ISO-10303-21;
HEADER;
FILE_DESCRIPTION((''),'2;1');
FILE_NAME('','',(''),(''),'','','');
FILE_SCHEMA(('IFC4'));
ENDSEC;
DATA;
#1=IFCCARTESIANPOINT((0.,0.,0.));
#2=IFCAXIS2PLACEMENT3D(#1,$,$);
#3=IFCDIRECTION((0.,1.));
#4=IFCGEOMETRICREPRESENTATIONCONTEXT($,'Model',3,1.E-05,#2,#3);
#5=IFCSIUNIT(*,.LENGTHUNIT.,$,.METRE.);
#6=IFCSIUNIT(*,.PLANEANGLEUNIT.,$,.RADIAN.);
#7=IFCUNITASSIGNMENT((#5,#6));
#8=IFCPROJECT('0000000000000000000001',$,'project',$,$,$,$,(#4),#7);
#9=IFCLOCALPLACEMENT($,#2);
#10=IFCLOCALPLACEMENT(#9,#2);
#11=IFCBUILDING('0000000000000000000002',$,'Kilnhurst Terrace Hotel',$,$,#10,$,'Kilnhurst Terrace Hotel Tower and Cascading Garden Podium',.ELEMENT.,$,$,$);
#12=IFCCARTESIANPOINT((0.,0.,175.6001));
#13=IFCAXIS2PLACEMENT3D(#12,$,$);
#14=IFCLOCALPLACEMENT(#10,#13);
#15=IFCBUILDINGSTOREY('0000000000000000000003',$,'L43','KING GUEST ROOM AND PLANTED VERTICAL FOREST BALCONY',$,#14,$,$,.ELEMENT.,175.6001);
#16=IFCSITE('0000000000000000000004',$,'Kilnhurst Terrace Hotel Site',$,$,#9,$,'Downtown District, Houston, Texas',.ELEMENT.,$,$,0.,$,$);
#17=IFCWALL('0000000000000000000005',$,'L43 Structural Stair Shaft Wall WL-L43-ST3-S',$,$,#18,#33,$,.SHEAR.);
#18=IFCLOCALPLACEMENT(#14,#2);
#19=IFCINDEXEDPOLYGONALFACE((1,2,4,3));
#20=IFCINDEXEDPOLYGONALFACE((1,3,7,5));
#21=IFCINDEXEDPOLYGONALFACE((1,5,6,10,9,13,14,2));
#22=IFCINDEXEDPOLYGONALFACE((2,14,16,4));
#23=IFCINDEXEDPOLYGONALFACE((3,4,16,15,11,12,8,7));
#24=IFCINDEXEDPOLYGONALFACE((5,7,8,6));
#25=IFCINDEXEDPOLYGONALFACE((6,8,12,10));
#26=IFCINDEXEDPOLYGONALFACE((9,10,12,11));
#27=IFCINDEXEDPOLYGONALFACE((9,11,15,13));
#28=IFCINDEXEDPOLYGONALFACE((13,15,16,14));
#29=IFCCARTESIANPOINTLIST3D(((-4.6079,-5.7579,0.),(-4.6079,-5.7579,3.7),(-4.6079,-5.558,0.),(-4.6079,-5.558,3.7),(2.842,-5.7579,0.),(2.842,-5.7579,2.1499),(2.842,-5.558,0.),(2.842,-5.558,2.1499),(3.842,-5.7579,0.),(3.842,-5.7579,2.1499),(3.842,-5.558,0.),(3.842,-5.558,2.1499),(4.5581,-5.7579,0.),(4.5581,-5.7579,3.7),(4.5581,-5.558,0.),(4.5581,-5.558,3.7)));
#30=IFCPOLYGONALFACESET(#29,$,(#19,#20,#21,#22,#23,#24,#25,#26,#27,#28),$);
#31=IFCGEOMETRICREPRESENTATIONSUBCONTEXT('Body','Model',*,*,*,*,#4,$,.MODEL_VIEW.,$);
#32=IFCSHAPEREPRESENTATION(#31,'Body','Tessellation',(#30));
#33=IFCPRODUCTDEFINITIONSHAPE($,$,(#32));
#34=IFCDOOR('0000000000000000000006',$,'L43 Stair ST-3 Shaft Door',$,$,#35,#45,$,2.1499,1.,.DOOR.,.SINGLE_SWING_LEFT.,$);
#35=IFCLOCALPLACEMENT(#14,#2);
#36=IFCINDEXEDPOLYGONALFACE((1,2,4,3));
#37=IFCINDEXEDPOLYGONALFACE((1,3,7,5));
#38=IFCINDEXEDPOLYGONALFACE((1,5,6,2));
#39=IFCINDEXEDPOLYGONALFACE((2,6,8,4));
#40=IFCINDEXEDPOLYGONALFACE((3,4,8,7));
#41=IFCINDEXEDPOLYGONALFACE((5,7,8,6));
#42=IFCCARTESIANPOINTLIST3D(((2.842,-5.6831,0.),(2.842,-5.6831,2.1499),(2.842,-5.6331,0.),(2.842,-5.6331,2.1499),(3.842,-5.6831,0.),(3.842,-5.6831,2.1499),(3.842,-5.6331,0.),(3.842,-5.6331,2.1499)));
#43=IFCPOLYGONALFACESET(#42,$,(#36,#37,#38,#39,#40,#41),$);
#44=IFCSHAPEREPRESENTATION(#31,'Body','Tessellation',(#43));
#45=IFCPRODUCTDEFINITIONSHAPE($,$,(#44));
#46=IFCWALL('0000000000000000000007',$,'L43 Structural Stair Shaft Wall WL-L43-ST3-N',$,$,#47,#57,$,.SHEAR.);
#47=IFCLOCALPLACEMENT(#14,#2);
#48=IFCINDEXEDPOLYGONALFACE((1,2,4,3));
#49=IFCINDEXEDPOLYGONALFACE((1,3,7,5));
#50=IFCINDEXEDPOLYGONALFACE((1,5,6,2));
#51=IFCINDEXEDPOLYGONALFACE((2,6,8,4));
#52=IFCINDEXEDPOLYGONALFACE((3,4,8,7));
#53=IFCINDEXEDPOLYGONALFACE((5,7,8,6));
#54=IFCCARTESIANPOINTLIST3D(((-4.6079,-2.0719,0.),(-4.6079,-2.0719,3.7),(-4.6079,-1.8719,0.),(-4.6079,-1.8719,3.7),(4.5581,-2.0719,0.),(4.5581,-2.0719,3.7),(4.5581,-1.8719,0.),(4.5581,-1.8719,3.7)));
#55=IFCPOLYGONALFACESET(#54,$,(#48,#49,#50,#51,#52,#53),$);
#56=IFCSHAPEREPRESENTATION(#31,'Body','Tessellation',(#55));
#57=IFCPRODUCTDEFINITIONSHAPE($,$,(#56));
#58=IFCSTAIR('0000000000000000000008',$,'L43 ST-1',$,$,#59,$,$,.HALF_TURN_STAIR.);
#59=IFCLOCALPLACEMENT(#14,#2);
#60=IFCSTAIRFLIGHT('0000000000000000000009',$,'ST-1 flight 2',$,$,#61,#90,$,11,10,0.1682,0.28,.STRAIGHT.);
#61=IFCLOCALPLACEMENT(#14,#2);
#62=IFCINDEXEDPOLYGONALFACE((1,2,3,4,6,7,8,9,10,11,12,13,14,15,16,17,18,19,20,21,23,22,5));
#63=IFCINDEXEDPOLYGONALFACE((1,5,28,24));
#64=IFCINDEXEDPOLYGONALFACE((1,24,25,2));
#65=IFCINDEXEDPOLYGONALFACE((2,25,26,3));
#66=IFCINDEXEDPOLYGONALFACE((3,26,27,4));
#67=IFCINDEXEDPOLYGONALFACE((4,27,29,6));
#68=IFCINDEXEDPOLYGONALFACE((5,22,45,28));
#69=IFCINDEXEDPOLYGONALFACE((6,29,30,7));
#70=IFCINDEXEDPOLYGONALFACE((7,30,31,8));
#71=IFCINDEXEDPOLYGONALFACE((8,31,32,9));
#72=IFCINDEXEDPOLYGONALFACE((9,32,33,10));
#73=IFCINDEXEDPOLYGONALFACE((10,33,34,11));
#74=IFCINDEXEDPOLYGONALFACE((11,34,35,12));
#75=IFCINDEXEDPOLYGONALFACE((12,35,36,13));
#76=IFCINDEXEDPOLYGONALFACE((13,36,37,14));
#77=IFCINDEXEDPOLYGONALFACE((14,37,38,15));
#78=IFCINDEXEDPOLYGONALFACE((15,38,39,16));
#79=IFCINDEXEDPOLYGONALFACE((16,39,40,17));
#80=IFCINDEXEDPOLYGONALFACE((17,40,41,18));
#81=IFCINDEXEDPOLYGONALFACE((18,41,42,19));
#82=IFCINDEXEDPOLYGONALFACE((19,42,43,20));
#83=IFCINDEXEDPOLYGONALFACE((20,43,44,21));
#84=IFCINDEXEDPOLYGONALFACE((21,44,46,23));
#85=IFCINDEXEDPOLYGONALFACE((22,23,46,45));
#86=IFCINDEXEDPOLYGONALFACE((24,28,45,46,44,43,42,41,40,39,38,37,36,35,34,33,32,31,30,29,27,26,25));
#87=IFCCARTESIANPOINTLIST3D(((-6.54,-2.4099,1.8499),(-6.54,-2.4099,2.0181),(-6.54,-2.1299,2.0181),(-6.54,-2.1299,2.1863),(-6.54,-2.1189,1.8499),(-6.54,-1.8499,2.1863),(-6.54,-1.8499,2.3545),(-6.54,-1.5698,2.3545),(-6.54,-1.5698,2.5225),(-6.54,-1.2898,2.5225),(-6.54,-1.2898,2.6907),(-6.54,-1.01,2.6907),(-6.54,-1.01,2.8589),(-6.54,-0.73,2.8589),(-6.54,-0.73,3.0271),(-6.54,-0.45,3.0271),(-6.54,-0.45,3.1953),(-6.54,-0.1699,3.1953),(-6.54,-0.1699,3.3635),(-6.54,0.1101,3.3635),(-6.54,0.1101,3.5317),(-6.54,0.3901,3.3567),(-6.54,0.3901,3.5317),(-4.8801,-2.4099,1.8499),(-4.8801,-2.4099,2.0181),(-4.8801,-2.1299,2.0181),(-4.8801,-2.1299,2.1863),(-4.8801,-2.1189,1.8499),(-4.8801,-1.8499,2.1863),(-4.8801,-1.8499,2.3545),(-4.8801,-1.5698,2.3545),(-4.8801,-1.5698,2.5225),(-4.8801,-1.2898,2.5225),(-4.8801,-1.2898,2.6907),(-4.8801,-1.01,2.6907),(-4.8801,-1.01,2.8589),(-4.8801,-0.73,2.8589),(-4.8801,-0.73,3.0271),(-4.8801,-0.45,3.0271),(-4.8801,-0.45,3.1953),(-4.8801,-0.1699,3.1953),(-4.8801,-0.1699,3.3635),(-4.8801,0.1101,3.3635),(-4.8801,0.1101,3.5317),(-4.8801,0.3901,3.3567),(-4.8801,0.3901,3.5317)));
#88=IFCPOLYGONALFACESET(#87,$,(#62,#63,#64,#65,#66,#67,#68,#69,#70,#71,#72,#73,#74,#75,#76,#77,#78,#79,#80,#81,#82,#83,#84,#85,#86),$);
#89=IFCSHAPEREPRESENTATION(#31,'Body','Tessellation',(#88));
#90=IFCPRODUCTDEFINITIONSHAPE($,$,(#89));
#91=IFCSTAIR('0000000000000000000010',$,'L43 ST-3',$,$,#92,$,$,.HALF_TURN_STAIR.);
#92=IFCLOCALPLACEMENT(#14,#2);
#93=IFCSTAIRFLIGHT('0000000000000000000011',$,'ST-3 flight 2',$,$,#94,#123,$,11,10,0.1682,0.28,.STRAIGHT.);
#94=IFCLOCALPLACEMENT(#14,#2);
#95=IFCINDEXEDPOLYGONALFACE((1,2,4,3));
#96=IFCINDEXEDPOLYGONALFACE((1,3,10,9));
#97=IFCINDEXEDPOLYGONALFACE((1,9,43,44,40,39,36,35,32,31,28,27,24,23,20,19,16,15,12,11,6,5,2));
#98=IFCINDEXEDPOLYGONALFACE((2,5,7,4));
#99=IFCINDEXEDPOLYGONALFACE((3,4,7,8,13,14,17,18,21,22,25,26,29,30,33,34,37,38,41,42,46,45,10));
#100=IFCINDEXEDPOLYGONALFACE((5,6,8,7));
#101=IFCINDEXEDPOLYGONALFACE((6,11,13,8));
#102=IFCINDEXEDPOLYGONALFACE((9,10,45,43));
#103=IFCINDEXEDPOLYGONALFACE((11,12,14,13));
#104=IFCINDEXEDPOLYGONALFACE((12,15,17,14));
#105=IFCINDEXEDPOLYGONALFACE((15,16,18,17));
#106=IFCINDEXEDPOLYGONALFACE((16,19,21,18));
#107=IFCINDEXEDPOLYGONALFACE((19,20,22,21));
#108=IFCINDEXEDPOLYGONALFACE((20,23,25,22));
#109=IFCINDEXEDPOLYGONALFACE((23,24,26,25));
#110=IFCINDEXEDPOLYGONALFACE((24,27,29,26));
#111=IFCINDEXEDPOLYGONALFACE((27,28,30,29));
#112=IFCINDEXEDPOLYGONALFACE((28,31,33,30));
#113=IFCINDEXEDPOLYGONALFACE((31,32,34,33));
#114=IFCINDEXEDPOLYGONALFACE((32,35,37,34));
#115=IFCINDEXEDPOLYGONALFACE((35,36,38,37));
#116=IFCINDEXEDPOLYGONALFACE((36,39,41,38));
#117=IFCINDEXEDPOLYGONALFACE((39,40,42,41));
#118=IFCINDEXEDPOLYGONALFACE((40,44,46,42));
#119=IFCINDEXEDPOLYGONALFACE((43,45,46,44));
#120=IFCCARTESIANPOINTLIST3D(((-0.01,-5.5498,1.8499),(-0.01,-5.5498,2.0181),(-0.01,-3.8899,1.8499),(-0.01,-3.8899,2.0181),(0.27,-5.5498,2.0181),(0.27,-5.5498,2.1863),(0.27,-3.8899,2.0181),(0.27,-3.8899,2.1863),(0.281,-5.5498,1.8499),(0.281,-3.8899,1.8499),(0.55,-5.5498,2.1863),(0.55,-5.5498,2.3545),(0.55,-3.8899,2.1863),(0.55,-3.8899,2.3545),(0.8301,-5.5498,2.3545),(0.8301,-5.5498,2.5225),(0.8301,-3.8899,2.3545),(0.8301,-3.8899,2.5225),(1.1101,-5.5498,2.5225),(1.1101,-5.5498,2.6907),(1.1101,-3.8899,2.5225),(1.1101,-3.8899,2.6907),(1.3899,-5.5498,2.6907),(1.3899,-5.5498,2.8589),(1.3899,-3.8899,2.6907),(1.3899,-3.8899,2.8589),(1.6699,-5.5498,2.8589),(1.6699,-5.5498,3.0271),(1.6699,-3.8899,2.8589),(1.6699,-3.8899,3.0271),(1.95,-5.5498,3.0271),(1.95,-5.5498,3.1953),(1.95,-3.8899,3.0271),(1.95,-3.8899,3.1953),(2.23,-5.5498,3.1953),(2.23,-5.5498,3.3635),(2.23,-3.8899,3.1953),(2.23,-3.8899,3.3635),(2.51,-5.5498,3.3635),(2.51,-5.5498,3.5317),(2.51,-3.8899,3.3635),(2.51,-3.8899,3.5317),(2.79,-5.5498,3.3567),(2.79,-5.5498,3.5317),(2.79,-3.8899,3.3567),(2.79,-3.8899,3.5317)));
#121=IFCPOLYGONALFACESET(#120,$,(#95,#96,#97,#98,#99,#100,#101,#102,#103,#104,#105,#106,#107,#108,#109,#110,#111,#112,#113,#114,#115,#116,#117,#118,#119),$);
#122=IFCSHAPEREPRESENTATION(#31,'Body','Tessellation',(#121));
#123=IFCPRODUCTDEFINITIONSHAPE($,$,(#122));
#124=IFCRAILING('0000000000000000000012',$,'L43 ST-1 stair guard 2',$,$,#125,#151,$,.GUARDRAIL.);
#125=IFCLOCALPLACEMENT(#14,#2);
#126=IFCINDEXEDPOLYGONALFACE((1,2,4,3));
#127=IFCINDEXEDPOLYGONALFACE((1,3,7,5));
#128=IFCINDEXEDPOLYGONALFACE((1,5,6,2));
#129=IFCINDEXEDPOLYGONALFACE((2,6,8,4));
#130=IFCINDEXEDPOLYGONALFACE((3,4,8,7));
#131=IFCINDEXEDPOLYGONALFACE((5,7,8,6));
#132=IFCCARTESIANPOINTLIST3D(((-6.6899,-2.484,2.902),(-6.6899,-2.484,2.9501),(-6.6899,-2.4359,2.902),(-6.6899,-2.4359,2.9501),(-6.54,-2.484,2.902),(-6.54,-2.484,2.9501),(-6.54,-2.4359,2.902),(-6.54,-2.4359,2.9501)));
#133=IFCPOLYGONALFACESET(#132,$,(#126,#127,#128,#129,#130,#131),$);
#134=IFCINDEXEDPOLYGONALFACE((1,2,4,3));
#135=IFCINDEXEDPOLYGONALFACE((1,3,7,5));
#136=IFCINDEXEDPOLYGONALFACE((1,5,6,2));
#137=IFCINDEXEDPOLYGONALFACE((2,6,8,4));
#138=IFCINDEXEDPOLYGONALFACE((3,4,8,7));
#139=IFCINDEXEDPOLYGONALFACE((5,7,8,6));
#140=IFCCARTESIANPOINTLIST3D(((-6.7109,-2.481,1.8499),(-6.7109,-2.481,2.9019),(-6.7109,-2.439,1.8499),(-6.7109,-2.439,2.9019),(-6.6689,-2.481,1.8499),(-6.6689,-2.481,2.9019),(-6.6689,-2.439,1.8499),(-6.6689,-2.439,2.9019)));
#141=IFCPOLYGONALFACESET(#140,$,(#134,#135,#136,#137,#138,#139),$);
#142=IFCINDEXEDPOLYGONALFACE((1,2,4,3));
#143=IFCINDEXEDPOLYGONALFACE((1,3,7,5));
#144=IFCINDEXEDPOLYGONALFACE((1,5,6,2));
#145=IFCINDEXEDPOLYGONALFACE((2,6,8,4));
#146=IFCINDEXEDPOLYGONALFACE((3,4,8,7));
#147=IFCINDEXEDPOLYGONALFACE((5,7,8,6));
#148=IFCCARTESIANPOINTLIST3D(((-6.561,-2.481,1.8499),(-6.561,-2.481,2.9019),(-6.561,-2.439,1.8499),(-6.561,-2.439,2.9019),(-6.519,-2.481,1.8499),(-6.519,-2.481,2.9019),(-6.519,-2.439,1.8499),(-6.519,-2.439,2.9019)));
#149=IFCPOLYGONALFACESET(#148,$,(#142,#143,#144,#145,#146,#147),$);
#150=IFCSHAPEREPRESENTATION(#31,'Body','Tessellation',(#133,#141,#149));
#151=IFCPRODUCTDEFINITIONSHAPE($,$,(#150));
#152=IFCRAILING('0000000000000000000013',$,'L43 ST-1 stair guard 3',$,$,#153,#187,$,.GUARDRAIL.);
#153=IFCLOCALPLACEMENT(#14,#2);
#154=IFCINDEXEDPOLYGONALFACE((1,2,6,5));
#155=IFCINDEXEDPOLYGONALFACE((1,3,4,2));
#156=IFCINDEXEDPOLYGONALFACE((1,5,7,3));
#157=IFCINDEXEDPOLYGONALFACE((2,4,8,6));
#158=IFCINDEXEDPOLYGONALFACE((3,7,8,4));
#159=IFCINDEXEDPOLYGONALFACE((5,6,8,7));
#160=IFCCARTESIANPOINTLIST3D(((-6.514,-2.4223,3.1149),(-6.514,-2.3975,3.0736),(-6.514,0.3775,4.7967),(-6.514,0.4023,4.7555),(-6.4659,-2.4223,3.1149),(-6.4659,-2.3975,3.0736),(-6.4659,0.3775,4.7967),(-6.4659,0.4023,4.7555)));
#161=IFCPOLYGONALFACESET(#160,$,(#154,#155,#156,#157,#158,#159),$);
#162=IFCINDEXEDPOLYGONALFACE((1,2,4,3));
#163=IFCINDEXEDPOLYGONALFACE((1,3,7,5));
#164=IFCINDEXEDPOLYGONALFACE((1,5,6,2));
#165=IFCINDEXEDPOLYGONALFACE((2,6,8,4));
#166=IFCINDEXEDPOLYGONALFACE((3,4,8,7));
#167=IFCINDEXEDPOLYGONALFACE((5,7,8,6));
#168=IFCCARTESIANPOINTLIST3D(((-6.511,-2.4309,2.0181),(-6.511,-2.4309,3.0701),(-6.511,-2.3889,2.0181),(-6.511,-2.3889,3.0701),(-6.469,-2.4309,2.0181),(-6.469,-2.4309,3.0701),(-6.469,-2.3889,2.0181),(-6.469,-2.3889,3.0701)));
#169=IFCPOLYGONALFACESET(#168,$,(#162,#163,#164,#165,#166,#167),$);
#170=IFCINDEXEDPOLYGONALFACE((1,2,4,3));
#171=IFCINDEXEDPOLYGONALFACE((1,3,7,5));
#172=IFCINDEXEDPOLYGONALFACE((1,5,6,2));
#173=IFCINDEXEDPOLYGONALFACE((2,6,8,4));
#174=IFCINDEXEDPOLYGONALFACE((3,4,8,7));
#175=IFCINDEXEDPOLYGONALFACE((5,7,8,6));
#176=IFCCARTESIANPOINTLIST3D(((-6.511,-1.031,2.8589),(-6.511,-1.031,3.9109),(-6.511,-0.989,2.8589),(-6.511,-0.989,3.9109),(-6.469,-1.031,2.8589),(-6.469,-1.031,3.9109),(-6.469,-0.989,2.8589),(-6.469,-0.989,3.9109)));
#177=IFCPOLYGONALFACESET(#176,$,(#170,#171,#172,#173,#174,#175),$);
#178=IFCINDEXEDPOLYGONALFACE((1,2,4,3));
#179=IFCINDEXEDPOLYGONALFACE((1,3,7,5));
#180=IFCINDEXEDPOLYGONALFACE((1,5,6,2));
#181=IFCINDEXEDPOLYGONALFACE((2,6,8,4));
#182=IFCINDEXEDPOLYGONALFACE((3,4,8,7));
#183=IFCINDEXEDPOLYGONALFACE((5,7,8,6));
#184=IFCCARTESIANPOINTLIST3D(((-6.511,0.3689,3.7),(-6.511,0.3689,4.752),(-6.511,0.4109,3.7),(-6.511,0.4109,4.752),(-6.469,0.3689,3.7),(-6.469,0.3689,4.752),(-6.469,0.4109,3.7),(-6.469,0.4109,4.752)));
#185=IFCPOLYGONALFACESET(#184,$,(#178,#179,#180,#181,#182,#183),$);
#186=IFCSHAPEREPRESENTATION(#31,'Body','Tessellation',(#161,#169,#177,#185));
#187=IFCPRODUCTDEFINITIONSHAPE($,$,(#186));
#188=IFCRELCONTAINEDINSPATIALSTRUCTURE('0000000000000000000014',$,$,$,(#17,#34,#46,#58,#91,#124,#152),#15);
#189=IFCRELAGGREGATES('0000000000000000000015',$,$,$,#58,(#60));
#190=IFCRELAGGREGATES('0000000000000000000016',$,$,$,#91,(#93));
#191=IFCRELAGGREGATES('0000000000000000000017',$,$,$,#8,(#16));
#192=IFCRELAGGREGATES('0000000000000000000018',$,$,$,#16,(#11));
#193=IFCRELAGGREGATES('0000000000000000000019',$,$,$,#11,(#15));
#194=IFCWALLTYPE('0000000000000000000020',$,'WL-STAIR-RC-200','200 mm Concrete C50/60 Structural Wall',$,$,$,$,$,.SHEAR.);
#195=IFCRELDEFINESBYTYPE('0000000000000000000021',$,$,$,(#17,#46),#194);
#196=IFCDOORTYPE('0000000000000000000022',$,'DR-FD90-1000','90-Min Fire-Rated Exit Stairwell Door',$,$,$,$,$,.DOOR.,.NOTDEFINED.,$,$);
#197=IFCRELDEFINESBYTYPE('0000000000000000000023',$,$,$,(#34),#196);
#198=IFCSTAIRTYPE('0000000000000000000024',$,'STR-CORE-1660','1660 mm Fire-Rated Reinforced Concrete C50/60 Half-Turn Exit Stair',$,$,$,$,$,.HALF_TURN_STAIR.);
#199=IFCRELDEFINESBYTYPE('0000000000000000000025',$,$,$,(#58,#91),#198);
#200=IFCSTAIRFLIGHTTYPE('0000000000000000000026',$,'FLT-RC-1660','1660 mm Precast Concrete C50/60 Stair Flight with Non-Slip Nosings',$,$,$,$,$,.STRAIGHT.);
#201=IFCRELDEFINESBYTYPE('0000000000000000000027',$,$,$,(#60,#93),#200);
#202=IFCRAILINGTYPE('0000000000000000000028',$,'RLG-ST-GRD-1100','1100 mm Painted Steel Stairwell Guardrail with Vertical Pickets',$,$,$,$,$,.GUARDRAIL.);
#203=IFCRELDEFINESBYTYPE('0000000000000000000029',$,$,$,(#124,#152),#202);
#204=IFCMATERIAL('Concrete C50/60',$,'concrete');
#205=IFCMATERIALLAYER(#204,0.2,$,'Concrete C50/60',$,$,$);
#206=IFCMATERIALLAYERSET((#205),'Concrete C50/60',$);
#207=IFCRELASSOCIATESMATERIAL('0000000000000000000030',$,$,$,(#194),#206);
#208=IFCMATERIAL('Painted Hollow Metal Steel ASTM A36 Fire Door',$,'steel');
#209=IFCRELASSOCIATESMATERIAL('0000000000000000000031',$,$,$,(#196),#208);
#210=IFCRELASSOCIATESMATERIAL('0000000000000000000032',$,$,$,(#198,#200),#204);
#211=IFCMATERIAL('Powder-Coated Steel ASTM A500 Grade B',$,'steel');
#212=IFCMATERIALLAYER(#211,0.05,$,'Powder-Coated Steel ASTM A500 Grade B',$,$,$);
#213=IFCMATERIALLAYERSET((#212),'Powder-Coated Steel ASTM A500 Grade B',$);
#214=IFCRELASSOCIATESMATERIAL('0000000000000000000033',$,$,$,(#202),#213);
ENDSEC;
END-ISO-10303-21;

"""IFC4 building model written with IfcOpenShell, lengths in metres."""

from ifc_helpers import new_model, si_unit, direction, frame, frame_2d, origin, origin_2d, place, context, subcontext, project, spatial, polyline, rectangle, outline, extrude, material, layer, layer_set, type_object, element, fill, aggregate, save


model = new_model("IFC4")

# Units and contexts
model_context = context("Model", 3, precision=1e-05, world=origin(), true_north=direction((0.0, 1.0)))
body_context = subcontext(model_context, "Body", "Model", "MODEL_VIEW")
ifc_project = project(units=[si_unit("LENGTHUNIT", "METRE"), si_unit("PLANEANGLEUNIT", "RADIAN")], contexts=[model_context])

# Site, building, storey
site_placement = place(None, origin())
site = spatial("IfcSite", under=ifc_project, at=site_placement, Name="Kilnhurst Terrace Hotel Site", LongName="Downtown District, Houston, Texas", CompositionType="ELEMENT", RefElevation=0.0)
building_placement = place(site_placement, origin())
building = spatial("IfcBuilding", under=site, at=building_placement, Name="Kilnhurst Terrace Hotel", LongName="Kilnhurst Terrace Hotel Tower and Cascading Garden Podium", CompositionType="ELEMENT")
storey_placement = place(building_placement, frame((0.0, 0.0, 175.6001)))
storey = spatial("IfcBuildingStorey", under=building, at=storey_placement, Name="L43", Description="KING GUEST ROOM AND PLANTED VERTICAL FOREST BALCONY", CompositionType="ELEMENT", Elevation=175.6001)

# Shared definitions
ifc_material_1 = material(Name="Concrete C50/60", Category="concrete")

# Shared definitions
ifc_layer_1 = layer(ifc_material_1, 0.2, Name="Concrete C50/60")
ifc_layer_set_1 = layer_set([ifc_layer_1], Name="Concrete C50/60")
wall_type_1 = type_object("IfcWallType", Name="WL-STAIR-RC-200", Description="200 mm Concrete C50/60 Structural Wall", PredefinedType="SHEAR", material=ifc_layer_set_1)

# Wall, opening, door
wall_1_placement = place(storey_placement, frame((-4.6079, -5.658, 0.0), z_axis=(0.0, 0.0, 1.0), x_axis=(1.0, 0.0, 0.0)))
wall_1 = element("IfcWall", 1, at=wall_1_placement, inside=storey, type_object=wall_type_1, Name="L43 Structural Stair Shaft Wall WL-L43-ST3-S", PredefinedType="SHEAR", context=body_context, shape_type="SweptSolid", body=[
    extrude(rectangle(XDim=9.166, YDim=0.2, at=frame_2d((4.583, 0.0))), origin(), (0.0, 0.0, 1.0), 3.7),
])
opening_1_placement = place(wall_1_placement, frame((7.45, 0.0, 0.0)))
opening_1 = element("IfcOpeningElement", 2, at=opening_1_placement, cuts=wall_1, PredefinedType="OPENING", context=body_context, shape_type="SweptSolid", body=[
    extrude(rectangle(XDim=1.0, YDim=2.1499, at=frame_2d((0.5, 1.075))), frame((0.0, 0.1099, 0.0), z_axis=(0.0, -1.0, 0.0), x_axis=(1.0, 0.0, 0.0)), (0.0, 0.0, 1.0), 0.22),
])
ifc_material_2 = material(Name="Painted Hollow Metal Steel ASTM A36 Fire Door", Category="steel")
door_type_1 = type_object("IfcDoorType", Name="DR-FD90-1000", Description="90-Min Fire-Rated Exit Stairwell Door", OperationType="NOTDEFINED", PredefinedType="DOOR", material=ifc_material_2)
door_1_placement = place(opening_1_placement, origin())
door_1 = element("IfcDoor", 3, at=door_1_placement, inside=storey, type_object=door_type_1, Name="L43 Stair ST-3 Shaft Door", OperationType="SINGLE_SWING_LEFT", OverallHeight=2.1499, OverallWidth=1.0, PredefinedType="DOOR", context=body_context, shape_type="SweptSolid", body=[
    extrude(rectangle(XDim=1.0, YDim=2.1499, at=frame_2d((0.5, 1.075))), frame((0.0, 0.0249, 0.0), z_axis=(0.0, -1.0, 0.0), x_axis=(1.0, 0.0, 0.0)), (0.0, 0.0, 1.0), 0.05),
])
fill(opening_1, door_1)

# Wall
wall_2_placement = place(storey_placement, frame((-4.6079, -1.9719, 0.0), z_axis=(0.0, 0.0, 1.0), x_axis=(1.0, 0.0, 0.0)))
element("IfcWall", 4, at=wall_2_placement, inside=storey, type_object=wall_type_1, Name="L43 Structural Stair Shaft Wall WL-L43-ST3-N", PredefinedType="SHEAR", context=body_context, shape_type="SweptSolid", body=[
    extrude(rectangle(XDim=9.166, YDim=0.2, at=frame_2d((4.583, 0.0))), origin(), (0.0, 0.0, 1.0), 3.7),
])

# Stairs, stair flights
stair_type = type_object("IfcStairType", Name="STR-CORE-1660", Description="1660 mm Fire-Rated Reinforced Concrete C50/60 Half-Turn Exit Stair", PredefinedType="HALF_TURN_STAIR", material=ifc_material_1)
stair_1_placement = place(storey_placement, origin())
stair_1 = element("IfcStair", 5, at=stair_1_placement, inside=storey, type_object=stair_type, Name="L43 ST-1", PredefinedType="HALF_TURN_STAIR")
stair_flight_type = type_object("IfcStairFlightType", Name="FLT-RC-1660", Description="1660 mm Precast Concrete C50/60 Stair Flight with Non-Slip Nosings", PredefinedType="STRAIGHT", material=ifc_material_1)
stair_flight_1_placement = place(storey_placement, frame((-5.71, -2.4099, 1.8499), z_axis=(0.0, 0.0, 1.0), x_axis=(0.0, 1.0, 0.0)))
stair_flight_1 = element("IfcStairFlight", 6, at=stair_flight_1_placement, type_object=stair_flight_type, Name="ST-1 flight 2", NumberOfRisers=11, NumberOfTreads=10, PredefinedType="STRAIGHT", RiserHeight=0.1682, TreadLength=0.28, context=body_context, shape_type="SweptSolid", body=[
    extrude(outline(polyline([(0.0, 0.0), (0.0, 0.1682), (0.28, 0.1682), (0.28, 0.3364), (0.5601, 0.3364), (0.5601, 0.5046), (0.8401, 0.5046), (0.8401, 0.6726), (1.1201, 0.6726), (1.1201, 0.8408), (1.3999, 0.8408), (1.3999, 1.009), (1.6799, 1.009), (1.6799, 1.1772), (1.96, 1.1772), (1.96, 1.3455), (2.24, 1.3455), (2.24, 1.5137), (2.52, 1.5137), (2.52, 1.6819), (2.8, 1.6819), (2.8, 1.8501), (2.8, 1.5068), (0.291, 0.0), (0.0, 0.0)])), frame((0.0, 0.8301, 0.0), z_axis=(0.0, -1.0, 0.0), x_axis=(1.0, 0.0, 0.0)), (0.0, 0.0, 1.0), 1.6599),
])
aggregate(stair_1, [stair_flight_1])
stair_2_placement = place(storey_placement, origin())
stair_2 = element("IfcStair", 7, at=stair_2_placement, inside=storey, type_object=stair_type, Name="L43 ST-3", PredefinedType="HALF_TURN_STAIR")
stair_flight_2_placement = place(storey_placement, frame((-0.01, -4.72, 1.8499), z_axis=(0.0, 0.0, 1.0), x_axis=(1.0, 0.0, 0.0)))
stair_flight_2 = element("IfcStairFlight", 8, at=stair_flight_2_placement, type_object=stair_flight_type, Name="ST-3 flight 2", NumberOfRisers=11, NumberOfTreads=10, PredefinedType="STRAIGHT", RiserHeight=0.1682, TreadLength=0.28, context=body_context, shape_type="SweptSolid", body=[
    extrude(outline(polyline([(0.0, 0.0), (0.0, 0.1682), (0.28, 0.1682), (0.28, 0.3364), (0.5601, 0.3364), (0.5601, 0.5046), (0.8401, 0.5046), (0.8401, 0.6726), (1.1201, 0.6726), (1.1201, 0.8408), (1.3999, 0.8408), (1.3999, 1.009), (1.6799, 1.009), (1.6799, 1.1772), (1.96, 1.1772), (1.96, 1.3455), (2.24, 1.3455), (2.24, 1.5137), (2.52, 1.5137), (2.52, 1.6819), (2.8, 1.6819), (2.8, 1.8501), (2.8, 1.5068), (0.291, 0.0), (0.0, 0.0)])), frame((0.0, 0.8301, 0.0), z_axis=(0.0, -1.0, 0.0), x_axis=(1.0, 0.0, 0.0)), (0.0, 0.0, 1.0), 1.6599),
])
aggregate(stair_2, [stair_flight_2])

# Railings
ifc_material_3 = material(Name="Powder-Coated Steel ASTM A500 Grade B", Category="steel")
ifc_layer_2 = layer(ifc_material_3, 0.05, Name="Powder-Coated Steel ASTM A500 Grade B")
ifc_layer_set_2 = layer_set([ifc_layer_2], Name="Powder-Coated Steel ASTM A500 Grade B")
railing_type_1 = type_object("IfcRailingType", Name="RLG-ST-GRD-1100", Description="1100 mm Painted Steel Stairwell Guardrail with Vertical Pickets", PredefinedType="GUARDRAIL", material=ifc_layer_set_2)
railing_1_placement = place(storey_placement, frame((-6.6899, -2.46, 1.8499)))
element("IfcRailing", 9, at=railing_1_placement, inside=storey, type_object=railing_type_1, Name="L43 ST-1 stair guard 2", PredefinedType="GUARDRAIL", context=body_context, shape_type="SweptSolid", body=[
    extrude(rectangle(XDim=0.0481, YDim=0.0481, at=origin_2d()), frame((0.0, 0.0, 1.0762), z_axis=(1.0, 0.0, 0.0), x_axis=(0.0, 1.0, 0.0)), (0.0, 0.0, 1.0), 0.1499),
    extrude(rectangle(XDim=0.042, YDim=0.042, at=origin_2d()), origin(), (0.0, 0.0, 1.0), 1.052),
    extrude(rectangle(XDim=0.042, YDim=0.042, at=origin_2d()), frame((0.1499, 0.0, 0.0)), (0.0, 0.0, 1.0), 1.052),
])
railing_2_placement = place(storey_placement, frame((-6.49, -2.4099, 2.0181)))
element("IfcRailing", 10, at=railing_2_placement, inside=storey, type_object=railing_type_1, Name="L43 ST-1 stair guard 3", PredefinedType="GUARDRAIL", context=body_context, shape_type="SweptSolid", body=[
    extrude(rectangle(XDim=0.0481, YDim=0.0481, at=origin_2d()), frame((0.0, 0.0, 1.0762), z_axis=(0.0, 0.857222, 0.514946), x_axis=(-1.0, 0.0, 0.0)), (0.0, 0.0, 1.0), 3.2661),
    extrude(rectangle(XDim=0.042, YDim=0.042, at=origin_2d()), origin(), (0.0, 0.0, 1.0), 1.052),
    extrude(rectangle(XDim=0.042, YDim=0.042, at=origin_2d()), frame((0.0, 1.3999, 0.8408)), (0.0, 0.0, 1.0), 1.052),
    extrude(rectangle(XDim=0.042, YDim=0.042, at=origin_2d()), frame((0.0, 2.7998, 1.6819)), (0.0, 0.0, 1.0), 1.052),
])

save(model, "model.ifc")
